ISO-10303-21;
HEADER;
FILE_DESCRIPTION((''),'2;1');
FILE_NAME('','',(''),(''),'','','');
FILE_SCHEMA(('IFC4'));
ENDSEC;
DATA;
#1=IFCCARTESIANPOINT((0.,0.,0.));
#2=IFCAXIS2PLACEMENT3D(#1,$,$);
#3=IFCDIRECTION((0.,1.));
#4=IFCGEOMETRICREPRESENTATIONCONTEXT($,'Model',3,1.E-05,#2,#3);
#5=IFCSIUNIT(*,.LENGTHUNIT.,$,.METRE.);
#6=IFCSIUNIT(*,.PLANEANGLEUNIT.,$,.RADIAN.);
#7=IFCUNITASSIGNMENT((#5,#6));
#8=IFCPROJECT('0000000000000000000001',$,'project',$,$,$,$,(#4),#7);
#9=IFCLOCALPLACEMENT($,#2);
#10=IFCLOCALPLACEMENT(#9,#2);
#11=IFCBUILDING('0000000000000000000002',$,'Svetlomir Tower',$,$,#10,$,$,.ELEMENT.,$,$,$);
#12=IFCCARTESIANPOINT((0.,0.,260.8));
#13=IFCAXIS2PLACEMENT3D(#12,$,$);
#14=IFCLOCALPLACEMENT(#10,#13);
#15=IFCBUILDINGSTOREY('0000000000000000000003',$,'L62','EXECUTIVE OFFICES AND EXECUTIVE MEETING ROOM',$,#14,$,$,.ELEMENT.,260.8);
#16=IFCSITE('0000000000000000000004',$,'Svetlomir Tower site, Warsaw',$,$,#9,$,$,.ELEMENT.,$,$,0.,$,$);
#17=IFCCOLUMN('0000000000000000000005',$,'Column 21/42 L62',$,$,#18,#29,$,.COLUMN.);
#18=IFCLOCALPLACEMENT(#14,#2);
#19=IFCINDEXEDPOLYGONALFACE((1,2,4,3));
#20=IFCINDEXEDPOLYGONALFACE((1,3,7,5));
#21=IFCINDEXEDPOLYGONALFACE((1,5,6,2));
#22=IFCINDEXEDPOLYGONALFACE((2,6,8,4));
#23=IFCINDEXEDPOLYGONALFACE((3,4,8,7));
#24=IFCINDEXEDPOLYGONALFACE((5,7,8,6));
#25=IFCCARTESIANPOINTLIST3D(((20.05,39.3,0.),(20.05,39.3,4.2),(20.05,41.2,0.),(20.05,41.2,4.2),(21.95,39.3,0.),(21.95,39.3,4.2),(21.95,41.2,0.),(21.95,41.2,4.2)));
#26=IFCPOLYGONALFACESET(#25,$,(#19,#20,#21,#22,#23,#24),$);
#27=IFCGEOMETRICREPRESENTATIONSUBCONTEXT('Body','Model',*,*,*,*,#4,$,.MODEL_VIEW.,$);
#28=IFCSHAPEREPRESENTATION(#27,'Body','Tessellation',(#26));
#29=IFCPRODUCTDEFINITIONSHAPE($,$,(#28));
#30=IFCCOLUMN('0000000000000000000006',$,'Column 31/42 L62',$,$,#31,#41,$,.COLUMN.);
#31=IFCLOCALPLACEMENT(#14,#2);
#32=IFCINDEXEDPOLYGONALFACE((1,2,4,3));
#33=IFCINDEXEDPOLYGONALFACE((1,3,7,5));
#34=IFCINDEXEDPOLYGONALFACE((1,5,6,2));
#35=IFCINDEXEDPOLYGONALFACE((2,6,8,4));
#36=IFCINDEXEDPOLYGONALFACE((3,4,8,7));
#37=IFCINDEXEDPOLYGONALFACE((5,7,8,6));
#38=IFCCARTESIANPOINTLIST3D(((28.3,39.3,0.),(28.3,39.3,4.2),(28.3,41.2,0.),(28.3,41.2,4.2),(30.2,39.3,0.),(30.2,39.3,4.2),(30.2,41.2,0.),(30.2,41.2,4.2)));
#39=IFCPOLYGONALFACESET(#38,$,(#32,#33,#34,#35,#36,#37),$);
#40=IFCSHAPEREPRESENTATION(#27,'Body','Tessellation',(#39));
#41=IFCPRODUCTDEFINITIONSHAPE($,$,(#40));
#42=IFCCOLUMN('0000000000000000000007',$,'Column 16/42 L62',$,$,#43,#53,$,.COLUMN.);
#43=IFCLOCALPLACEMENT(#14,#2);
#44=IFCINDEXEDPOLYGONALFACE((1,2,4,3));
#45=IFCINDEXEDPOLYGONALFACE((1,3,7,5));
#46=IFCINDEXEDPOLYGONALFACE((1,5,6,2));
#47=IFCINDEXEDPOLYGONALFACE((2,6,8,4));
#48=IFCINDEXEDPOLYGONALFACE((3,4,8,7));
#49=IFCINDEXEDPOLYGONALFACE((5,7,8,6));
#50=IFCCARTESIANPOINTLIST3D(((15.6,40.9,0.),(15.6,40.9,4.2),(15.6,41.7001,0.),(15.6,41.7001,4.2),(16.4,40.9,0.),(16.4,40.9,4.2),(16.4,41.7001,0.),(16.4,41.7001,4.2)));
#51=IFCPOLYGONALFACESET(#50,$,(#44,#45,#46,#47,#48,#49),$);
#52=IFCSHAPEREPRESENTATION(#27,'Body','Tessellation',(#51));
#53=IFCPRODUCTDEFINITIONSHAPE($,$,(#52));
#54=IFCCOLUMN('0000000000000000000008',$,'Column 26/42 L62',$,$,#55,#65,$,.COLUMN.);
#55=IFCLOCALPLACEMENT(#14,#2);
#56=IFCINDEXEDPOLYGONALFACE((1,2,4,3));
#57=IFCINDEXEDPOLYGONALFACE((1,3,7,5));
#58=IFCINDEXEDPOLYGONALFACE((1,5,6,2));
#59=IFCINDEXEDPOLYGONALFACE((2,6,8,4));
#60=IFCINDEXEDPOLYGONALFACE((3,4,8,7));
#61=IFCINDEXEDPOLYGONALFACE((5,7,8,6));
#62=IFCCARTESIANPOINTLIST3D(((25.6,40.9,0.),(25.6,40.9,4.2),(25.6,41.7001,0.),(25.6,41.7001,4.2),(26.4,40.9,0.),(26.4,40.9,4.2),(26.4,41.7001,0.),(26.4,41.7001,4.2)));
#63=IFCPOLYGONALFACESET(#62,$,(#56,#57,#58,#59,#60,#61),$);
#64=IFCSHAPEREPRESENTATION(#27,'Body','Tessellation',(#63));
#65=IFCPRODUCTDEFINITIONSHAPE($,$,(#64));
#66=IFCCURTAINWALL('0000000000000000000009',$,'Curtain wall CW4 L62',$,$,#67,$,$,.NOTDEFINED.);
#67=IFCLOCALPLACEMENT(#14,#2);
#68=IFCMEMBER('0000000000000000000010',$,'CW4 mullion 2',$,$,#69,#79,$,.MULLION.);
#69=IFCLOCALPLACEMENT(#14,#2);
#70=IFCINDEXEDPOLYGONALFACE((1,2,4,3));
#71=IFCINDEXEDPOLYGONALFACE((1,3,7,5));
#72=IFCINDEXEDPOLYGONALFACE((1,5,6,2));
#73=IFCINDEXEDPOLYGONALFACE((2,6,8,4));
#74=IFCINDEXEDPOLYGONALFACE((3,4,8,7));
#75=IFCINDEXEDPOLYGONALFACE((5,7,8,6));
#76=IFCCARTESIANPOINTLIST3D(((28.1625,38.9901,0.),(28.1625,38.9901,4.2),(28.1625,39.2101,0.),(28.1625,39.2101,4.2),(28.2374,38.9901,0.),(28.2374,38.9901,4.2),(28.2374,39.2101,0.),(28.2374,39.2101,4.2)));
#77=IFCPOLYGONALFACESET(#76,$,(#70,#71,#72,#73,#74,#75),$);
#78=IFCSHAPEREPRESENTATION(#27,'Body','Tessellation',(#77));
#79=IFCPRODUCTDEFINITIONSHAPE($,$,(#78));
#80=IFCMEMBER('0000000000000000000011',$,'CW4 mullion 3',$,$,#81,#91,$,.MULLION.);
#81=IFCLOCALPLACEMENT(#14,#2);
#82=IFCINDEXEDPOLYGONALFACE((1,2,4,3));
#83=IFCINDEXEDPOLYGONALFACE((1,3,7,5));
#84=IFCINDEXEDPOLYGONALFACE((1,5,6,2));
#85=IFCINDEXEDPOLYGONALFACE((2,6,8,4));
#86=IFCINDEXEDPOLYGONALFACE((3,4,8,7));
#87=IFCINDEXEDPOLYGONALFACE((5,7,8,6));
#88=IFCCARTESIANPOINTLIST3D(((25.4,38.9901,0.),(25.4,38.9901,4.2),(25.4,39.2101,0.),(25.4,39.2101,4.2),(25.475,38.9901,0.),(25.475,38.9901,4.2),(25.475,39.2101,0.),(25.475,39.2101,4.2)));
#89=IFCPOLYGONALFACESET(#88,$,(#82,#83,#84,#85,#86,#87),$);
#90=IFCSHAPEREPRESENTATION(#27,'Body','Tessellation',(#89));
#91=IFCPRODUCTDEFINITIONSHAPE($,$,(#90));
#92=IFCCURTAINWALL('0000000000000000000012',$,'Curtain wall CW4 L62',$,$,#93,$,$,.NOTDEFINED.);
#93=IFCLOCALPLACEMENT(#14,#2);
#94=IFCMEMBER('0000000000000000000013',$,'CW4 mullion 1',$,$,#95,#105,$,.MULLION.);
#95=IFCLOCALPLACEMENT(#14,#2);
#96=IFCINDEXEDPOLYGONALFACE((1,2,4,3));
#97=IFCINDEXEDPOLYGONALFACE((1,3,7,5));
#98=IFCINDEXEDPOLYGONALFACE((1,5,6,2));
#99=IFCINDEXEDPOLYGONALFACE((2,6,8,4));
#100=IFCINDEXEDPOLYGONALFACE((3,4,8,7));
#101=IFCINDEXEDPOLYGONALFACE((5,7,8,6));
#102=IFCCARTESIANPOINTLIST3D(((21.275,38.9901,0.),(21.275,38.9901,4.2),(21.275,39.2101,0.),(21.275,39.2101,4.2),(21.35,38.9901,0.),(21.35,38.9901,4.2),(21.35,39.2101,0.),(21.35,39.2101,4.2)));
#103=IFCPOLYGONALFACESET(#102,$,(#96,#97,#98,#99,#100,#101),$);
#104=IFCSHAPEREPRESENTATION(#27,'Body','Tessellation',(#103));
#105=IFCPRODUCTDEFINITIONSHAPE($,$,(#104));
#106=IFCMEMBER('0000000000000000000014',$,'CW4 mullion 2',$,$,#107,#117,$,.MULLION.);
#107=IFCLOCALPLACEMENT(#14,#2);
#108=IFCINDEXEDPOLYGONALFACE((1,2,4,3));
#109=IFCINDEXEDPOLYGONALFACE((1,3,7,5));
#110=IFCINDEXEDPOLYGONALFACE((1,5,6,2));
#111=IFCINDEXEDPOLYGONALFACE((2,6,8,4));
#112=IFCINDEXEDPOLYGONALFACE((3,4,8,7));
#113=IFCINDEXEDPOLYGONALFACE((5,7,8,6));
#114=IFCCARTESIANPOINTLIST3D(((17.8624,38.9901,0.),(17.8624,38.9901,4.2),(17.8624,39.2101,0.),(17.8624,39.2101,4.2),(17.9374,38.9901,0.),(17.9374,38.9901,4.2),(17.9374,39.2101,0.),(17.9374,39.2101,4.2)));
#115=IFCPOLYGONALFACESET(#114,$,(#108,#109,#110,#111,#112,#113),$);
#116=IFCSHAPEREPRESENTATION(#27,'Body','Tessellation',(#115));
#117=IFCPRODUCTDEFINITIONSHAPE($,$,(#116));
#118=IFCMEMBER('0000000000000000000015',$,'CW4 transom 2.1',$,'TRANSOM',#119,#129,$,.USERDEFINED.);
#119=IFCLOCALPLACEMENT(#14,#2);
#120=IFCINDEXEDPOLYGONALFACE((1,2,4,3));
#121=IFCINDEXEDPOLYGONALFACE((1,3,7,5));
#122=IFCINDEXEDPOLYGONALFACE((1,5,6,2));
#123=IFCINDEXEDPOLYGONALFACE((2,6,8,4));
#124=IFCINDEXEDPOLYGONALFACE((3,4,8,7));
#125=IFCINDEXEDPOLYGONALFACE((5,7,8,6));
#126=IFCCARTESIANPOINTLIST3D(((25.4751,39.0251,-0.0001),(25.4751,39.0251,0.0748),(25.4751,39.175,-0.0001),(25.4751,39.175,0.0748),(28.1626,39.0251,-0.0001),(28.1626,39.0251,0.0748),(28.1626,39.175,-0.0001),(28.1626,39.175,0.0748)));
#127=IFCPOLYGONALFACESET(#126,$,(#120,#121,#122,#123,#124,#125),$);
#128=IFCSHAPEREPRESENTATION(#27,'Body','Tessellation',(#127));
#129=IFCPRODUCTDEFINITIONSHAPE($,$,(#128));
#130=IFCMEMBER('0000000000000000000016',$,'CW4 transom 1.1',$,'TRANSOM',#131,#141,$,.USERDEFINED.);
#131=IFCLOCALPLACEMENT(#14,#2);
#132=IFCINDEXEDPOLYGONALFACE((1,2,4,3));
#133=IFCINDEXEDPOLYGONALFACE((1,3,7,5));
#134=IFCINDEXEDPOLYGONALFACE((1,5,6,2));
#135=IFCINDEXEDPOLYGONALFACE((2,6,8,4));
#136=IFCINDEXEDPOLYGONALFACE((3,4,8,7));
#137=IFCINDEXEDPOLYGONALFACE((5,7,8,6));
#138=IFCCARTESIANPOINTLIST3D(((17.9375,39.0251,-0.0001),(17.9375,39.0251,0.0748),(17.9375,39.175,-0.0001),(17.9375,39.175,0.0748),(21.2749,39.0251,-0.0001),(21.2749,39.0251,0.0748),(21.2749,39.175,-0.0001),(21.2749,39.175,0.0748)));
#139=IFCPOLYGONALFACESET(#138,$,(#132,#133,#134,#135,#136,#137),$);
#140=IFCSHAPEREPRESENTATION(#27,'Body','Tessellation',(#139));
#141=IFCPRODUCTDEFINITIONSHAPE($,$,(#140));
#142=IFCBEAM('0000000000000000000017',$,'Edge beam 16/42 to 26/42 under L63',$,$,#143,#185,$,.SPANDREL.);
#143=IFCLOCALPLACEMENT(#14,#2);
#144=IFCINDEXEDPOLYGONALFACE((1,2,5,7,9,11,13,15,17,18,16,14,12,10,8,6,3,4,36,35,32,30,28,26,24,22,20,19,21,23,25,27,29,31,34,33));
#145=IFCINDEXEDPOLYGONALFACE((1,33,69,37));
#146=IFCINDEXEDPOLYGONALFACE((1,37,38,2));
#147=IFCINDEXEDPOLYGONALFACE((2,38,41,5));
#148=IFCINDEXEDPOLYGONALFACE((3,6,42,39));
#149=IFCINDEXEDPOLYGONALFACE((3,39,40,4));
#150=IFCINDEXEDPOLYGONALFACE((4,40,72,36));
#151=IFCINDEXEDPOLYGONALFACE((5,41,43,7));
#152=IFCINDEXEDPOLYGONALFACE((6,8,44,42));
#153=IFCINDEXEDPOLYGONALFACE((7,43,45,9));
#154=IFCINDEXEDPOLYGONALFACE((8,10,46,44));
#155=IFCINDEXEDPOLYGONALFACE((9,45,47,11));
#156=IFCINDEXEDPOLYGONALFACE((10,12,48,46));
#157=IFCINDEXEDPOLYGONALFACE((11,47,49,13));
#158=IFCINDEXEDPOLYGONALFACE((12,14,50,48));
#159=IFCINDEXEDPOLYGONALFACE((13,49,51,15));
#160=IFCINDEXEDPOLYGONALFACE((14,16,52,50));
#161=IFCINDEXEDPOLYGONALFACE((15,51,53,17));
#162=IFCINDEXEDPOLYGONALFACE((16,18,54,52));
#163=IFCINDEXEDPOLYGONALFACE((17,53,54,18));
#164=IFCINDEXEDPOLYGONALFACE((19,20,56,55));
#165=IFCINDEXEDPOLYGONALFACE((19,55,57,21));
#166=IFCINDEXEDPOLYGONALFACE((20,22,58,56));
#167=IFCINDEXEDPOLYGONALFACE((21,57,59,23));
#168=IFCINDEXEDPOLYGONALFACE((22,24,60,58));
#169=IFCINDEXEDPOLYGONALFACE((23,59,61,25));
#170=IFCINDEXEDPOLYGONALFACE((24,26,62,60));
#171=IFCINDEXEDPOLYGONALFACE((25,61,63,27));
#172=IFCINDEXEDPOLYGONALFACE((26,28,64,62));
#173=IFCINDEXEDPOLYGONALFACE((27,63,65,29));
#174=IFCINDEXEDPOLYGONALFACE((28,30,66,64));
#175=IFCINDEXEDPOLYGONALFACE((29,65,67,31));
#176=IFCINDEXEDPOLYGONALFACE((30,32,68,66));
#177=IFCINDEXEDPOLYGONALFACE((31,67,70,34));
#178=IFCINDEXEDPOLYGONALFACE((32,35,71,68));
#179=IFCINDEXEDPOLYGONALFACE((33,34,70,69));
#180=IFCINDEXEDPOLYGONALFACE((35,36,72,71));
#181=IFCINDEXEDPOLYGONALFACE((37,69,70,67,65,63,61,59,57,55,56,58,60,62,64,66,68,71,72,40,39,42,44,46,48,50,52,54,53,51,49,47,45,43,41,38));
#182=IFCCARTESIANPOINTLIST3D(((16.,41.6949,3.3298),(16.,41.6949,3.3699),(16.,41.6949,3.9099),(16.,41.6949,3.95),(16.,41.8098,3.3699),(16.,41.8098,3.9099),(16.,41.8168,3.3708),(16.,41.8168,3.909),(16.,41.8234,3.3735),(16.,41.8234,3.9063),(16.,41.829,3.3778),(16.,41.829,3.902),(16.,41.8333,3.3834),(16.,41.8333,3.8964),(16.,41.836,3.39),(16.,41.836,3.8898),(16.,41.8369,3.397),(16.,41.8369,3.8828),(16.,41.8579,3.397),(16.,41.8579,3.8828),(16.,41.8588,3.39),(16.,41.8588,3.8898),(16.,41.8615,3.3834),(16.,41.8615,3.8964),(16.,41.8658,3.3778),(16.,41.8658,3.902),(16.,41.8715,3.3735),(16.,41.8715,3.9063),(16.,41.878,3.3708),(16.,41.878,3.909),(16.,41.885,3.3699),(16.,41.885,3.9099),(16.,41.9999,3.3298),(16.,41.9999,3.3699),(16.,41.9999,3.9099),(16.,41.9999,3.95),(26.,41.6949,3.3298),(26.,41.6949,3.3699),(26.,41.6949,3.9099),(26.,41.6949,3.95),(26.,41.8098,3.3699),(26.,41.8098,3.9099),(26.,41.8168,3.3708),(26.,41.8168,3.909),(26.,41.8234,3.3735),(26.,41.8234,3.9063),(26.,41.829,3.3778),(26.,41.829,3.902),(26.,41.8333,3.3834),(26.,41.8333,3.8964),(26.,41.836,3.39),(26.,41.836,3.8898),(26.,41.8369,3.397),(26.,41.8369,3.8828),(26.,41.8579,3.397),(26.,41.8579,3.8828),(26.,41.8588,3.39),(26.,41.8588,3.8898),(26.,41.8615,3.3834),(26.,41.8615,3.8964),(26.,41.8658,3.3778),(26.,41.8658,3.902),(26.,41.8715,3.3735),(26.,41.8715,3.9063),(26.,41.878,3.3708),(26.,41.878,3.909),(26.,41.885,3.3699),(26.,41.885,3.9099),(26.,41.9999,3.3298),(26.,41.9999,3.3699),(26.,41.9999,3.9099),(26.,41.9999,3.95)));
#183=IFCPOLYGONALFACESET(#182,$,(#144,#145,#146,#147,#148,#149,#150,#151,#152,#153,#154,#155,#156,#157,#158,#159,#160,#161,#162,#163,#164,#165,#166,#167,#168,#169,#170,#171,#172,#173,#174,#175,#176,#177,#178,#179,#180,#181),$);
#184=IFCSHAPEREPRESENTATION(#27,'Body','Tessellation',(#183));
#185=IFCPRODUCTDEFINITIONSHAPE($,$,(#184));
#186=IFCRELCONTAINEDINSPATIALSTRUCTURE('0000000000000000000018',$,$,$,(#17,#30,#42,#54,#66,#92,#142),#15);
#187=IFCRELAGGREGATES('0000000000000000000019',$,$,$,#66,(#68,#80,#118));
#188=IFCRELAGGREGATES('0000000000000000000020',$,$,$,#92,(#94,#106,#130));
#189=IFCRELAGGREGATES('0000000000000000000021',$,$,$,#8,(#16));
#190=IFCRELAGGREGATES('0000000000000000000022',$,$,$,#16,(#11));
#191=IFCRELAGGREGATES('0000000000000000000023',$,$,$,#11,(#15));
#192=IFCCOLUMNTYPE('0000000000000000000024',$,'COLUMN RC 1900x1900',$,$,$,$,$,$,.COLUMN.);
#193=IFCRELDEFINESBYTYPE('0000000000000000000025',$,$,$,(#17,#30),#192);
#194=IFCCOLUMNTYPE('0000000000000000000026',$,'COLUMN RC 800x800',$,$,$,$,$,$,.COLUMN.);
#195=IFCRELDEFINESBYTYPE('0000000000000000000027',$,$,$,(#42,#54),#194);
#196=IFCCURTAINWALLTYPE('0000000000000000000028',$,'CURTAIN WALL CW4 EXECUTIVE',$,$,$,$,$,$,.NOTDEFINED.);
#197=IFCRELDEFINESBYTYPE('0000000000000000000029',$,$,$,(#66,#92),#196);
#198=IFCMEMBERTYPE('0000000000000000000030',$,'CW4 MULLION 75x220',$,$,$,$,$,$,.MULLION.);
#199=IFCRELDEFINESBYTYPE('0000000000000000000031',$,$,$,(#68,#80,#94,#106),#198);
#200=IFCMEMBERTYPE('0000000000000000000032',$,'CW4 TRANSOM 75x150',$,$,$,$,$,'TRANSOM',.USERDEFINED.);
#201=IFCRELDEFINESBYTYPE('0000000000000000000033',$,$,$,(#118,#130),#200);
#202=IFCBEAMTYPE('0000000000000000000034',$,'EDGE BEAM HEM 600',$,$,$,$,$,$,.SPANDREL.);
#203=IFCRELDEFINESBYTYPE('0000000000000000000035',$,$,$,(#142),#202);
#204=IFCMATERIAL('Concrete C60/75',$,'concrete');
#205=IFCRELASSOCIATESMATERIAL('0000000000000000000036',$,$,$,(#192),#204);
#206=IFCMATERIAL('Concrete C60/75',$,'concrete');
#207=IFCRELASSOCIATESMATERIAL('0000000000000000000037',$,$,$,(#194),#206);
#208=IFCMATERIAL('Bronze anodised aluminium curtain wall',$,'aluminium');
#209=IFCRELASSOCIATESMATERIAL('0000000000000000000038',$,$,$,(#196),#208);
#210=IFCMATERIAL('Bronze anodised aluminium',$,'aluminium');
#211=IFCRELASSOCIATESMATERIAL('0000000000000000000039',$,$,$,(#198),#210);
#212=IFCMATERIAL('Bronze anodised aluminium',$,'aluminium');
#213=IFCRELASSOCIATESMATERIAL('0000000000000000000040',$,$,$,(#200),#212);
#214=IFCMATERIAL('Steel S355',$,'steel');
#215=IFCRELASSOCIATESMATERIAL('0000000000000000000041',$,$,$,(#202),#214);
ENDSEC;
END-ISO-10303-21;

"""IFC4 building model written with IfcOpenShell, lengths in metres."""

from ifc_helpers import new_model, si_unit, direction, frame, origin, origin_2d, place, context, subcontext, project, spatial, rectangle, i_section, extrude, material, material_profile, profile_set, type_object, element, aggregate, save


model = new_model("IFC4")

# Units and contexts
model_context = context("Model", 3, precision=1e-05, world=origin(), true_north=direction((0.0, 1.0)))
body_context = subcontext(model_context, "Body", "Model", "MODEL_VIEW")
ifc_project = project(units=[si_unit("LENGTHUNIT", "METRE"), si_unit("PLANEANGLEUNIT", "RADIAN")], contexts=[model_context])

# Site, building, storey
site_placement = place(None, origin())
site = spatial("IfcSite", under=ifc_project, at=site_placement, Name="Svetlomir Tower site, Warsaw", CompositionType="ELEMENT", RefElevation=0.0)
building_placement = place(site_placement, origin())
building = spatial("IfcBuilding", under=site, at=building_placement, Name="Svetlomir Tower", CompositionType="ELEMENT")
storey_placement = place(building_placement, frame((0.0, 0.0, 260.8)))
storey = spatial("IfcBuildingStorey", under=building, at=storey_placement, Name="L62", Description="EXECUTIVE OFFICES AND EXECUTIVE MEETING ROOM", CompositionType="ELEMENT", Elevation=260.8)

# Columns
ifc_material_1 = material(Name="Concrete C60/75", Category="concrete")
ifc_material_profile_1 = material_profile(ifc_material_1, rectangle(XDim=1.8999, YDim=1.8999, at=origin_2d()), Name="RC 1900x1900")
ifc_profile_set_1 = profile_set([ifc_material_profile_1], Name="Concrete C60/75")
column_type_1 = type_object("IfcColumnType", Name="COLUMN RC 1900x1900", PredefinedType="COLUMN", material=ifc_profile_set_1)
for number, where, z_axis, x_axis, name in (
    (1, (21.0, 40.25, 0.0), (0.0, 0.0, 1.0), (1.0, 0.0, 0.0), "Column 21/42 L62"),
    (2, (29.25, 40.25, 0.0), (0.0, 0.0, 1.0), (1.0, 0.0, 0.0), "Column 31/42 L62"),
):
    element("IfcColumn", number, at=place(storey_placement, frame(where, z_axis=z_axis, x_axis=x_axis)), inside=storey, type_object=column_type_1, Name=name, PredefinedType="COLUMN", context=body_context, shape_type="SweptSolid", body=[
        extrude(rectangle(XDim=1.8999, YDim=1.8999, at=origin_2d()), origin(), (0.0, 0.0, 1.0), 4.2),
    ])
ifc_material_2 = material(Name="Concrete C60/75", Category="concrete")
ifc_material_profile_2 = material_profile(ifc_material_2, rectangle(XDim=0.8, YDim=0.8, at=origin_2d()), Name="RC 800x800")
ifc_profile_set_2 = profile_set([ifc_material_profile_2], Name="Concrete C60/75")
column_type_2 = type_object("IfcColumnType", Name="COLUMN RC 800x800", PredefinedType="COLUMN", material=ifc_profile_set_2)
for number, where, z_axis, x_axis, name in (
    (3, (16.0, 41.3, 0.0), (0.0, 0.0, 1.0), (1.0, 0.0, 0.0), "Column 16/42 L62"),
    (4, (26.0, 41.3, 0.0), (0.0, 0.0, 1.0), (1.0, 0.0, 0.0), "Column 26/42 L62"),
):
    element("IfcColumn", number, at=place(storey_placement, frame(where, z_axis=z_axis, x_axis=x_axis)), inside=storey, type_object=column_type_2, Name=name, PredefinedType="COLUMN", context=body_context, shape_type="SweptSolid", body=[
        extrude(rectangle(XDim=0.8, YDim=0.8, at=origin_2d()), origin(), (0.0, 0.0, 1.0), 4.2),
    ])

# Curtain walls, members
ifc_material_3 = material(Name="Bronze anodised aluminium curtain wall", Category="aluminium")
curtain_wall_type = type_object("IfcCurtainWallType", Name="CURTAIN WALL CW4 EXECUTIVE", PredefinedType="NOTDEFINED", material=ifc_material_3)
curtain_wall_1_placement = place(storey_placement, origin())
curtain_wall_1 = element("IfcCurtainWall", 5, at=curtain_wall_1_placement, inside=storey, type_object=curtain_wall_type, Name="Curtain wall CW4 L62", PredefinedType="NOTDEFINED")
ifc_material_4 = material(Name="Bronze anodised aluminium", Category="aluminium")
ifc_material_profile_3 = material_profile(ifc_material_4, rectangle(XDim=0.075, YDim=0.22, at=origin_2d()), Name="AL 75x220")
ifc_profile_set_3 = profile_set([ifc_material_profile_3], Name="Bronze anodised aluminium 6063-T6")
member_type_1 = type_object("IfcMemberType", Name="CW4 MULLION 75x220", PredefinedType="MULLION", material=ifc_profile_set_3)
member_1_placement = place(storey_placement, frame((28.2, 39.1001, 0.0), z_axis=(0.0, 0.0, 1.0), x_axis=(-1.0, 0.0, 0.0)))
member_1 = element("IfcMember", 6, at=member_1_placement, type_object=member_type_1, Name="CW4 mullion 2", PredefinedType="MULLION", context=body_context, shape_type="SweptSolid", body=[
    extrude(rectangle(XDim=0.075, YDim=0.22, at=origin_2d()), origin(), (0.0, 0.0, 1.0), 4.2),
])
member_2_placement = place(storey_placement, frame((25.4375, 39.1001, 0.0), z_axis=(0.0, 0.0, 1.0), x_axis=(-1.0, 0.0, 0.0)))
member_2 = element("IfcMember", 7, at=member_2_placement, type_object=member_type_1, Name="CW4 mullion 3", PredefinedType="MULLION", context=body_context, shape_type="SweptSolid", body=[
    extrude(rectangle(XDim=0.075, YDim=0.22, at=origin_2d()), origin(), (0.0, 0.0, 1.0), 4.2),
])
curtain_wall_2_placement = place(storey_placement, origin())
curtain_wall_2 = element("IfcCurtainWall", 8, at=curtain_wall_2_placement, inside=storey, type_object=curtain_wall_type, Name="Curtain wall CW4 L62", PredefinedType="NOTDEFINED")
member_3_placement = place(storey_placement, frame((21.3125, 39.1001, 0.0), z_axis=(0.0, 0.0, 1.0), x_axis=(-1.0, 0.0, 0.0)))
member_3 = element("IfcMember", 9, at=member_3_placement, type_object=member_type_1, Name="CW4 mullion 1", PredefinedType="MULLION", context=body_context, shape_type="SweptSolid", body=[
    extrude(rectangle(XDim=0.075, YDim=0.22, at=origin_2d()), origin(), (0.0, 0.0, 1.0), 4.2),
])
member_4_placement = place(storey_placement, frame((17.8999, 39.1001, 0.0), z_axis=(0.0, 0.0, 1.0), x_axis=(-1.0, 0.0, 0.0)))
member_4 = element("IfcMember", 10, at=member_4_placement, type_object=member_type_1, Name="CW4 mullion 2", PredefinedType="MULLION", context=body_context, shape_type="SweptSolid", body=[
    extrude(rectangle(XDim=0.075, YDim=0.22, at=origin_2d()), origin(), (0.0, 0.0, 1.0), 4.2),
])

# Members
ifc_material_5 = material(Name="Bronze anodised aluminium", Category="aluminium")
ifc_material_profile_4 = material_profile(ifc_material_5, rectangle(XDim=0.1499, YDim=0.075, at=origin_2d()), Name="AL 150x75")
ifc_profile_set_4 = profile_set([ifc_material_profile_4], Name="Bronze anodised aluminium 6063-T6")
member_type_2 = type_object("IfcMemberType", Name="CW4 TRANSOM 75x150", ElementType="TRANSOM", PredefinedType="USERDEFINED", material=ifc_profile_set_4)
member_5_placement = place(storey_placement, frame((28.1626, 39.1001, 0.0374), z_axis=(-1.0, 0.0, 0.0), x_axis=(0.0, -1.0, 0.0)))
member_5 = element("IfcMember", 11, at=member_5_placement, type_object=member_type_2, Name="CW4 transom 2.1", ObjectType="TRANSOM", PredefinedType="USERDEFINED", context=body_context, shape_type="SweptSolid", body=[
    extrude(rectangle(XDim=0.1499, YDim=0.075, at=origin_2d()), origin(), (0.0, 0.0, 1.0), 2.6875),
])
member_6_placement = place(storey_placement, frame((21.2749, 39.1001, 0.0374), z_axis=(-1.0, 0.0, 0.0), x_axis=(0.0, -1.0, 0.0)))
member_6 = element("IfcMember", 12, at=member_6_placement, type_object=member_type_2, Name="CW4 transom 1.1", ObjectType="TRANSOM", PredefinedType="USERDEFINED", context=body_context, shape_type="SweptSolid", body=[
    extrude(rectangle(XDim=0.1499, YDim=0.075, at=origin_2d()), origin(), (0.0, 0.0, 1.0), 3.3374),
])

# Beam
ifc_material_6 = material(Name="Steel S355", Category="steel")
ifc_material_profile_5 = material_profile(ifc_material_6, i_section(OverallWidth=0.3049, OverallDepth=0.6201, WebThickness=0.021, FlangeThickness=0.04, FilletRadius=0.0271, at=origin_2d()), Name="HEM 600")
ifc_profile_set_5 = profile_set([ifc_material_profile_5], Name="Steel S355")
beam_type_1 = type_object("IfcBeamType", Name="EDGE BEAM HEM 600", PredefinedType="SPANDREL", material=ifc_profile_set_5)
beam_1_placement = place(storey_placement, frame((16.0, 41.8474, 3.6399), z_axis=(1.0, 0.0, 0.0), x_axis=(0.0, 1.0, 0.0)))
element("IfcBeam", 13, at=beam_1_placement, inside=storey, type_object=beam_type_1, Name="Edge beam 16/42 to 26/42 under L63", PredefinedType="SPANDREL", context=body_context, shape_type="SweptSolid", body=[
    extrude(i_section(OverallWidth=0.3049, OverallDepth=0.6201, WebThickness=0.021, FlangeThickness=0.04, FilletRadius=0.0271, at=origin_2d()), origin(), (0.0, 0.0, 1.0), 10.0),
])

aggregate(curtain_wall_1, [member_1, member_2, member_5])
aggregate(curtain_wall_2, [member_3, member_4, member_6])

save(model, "model.ifc")
